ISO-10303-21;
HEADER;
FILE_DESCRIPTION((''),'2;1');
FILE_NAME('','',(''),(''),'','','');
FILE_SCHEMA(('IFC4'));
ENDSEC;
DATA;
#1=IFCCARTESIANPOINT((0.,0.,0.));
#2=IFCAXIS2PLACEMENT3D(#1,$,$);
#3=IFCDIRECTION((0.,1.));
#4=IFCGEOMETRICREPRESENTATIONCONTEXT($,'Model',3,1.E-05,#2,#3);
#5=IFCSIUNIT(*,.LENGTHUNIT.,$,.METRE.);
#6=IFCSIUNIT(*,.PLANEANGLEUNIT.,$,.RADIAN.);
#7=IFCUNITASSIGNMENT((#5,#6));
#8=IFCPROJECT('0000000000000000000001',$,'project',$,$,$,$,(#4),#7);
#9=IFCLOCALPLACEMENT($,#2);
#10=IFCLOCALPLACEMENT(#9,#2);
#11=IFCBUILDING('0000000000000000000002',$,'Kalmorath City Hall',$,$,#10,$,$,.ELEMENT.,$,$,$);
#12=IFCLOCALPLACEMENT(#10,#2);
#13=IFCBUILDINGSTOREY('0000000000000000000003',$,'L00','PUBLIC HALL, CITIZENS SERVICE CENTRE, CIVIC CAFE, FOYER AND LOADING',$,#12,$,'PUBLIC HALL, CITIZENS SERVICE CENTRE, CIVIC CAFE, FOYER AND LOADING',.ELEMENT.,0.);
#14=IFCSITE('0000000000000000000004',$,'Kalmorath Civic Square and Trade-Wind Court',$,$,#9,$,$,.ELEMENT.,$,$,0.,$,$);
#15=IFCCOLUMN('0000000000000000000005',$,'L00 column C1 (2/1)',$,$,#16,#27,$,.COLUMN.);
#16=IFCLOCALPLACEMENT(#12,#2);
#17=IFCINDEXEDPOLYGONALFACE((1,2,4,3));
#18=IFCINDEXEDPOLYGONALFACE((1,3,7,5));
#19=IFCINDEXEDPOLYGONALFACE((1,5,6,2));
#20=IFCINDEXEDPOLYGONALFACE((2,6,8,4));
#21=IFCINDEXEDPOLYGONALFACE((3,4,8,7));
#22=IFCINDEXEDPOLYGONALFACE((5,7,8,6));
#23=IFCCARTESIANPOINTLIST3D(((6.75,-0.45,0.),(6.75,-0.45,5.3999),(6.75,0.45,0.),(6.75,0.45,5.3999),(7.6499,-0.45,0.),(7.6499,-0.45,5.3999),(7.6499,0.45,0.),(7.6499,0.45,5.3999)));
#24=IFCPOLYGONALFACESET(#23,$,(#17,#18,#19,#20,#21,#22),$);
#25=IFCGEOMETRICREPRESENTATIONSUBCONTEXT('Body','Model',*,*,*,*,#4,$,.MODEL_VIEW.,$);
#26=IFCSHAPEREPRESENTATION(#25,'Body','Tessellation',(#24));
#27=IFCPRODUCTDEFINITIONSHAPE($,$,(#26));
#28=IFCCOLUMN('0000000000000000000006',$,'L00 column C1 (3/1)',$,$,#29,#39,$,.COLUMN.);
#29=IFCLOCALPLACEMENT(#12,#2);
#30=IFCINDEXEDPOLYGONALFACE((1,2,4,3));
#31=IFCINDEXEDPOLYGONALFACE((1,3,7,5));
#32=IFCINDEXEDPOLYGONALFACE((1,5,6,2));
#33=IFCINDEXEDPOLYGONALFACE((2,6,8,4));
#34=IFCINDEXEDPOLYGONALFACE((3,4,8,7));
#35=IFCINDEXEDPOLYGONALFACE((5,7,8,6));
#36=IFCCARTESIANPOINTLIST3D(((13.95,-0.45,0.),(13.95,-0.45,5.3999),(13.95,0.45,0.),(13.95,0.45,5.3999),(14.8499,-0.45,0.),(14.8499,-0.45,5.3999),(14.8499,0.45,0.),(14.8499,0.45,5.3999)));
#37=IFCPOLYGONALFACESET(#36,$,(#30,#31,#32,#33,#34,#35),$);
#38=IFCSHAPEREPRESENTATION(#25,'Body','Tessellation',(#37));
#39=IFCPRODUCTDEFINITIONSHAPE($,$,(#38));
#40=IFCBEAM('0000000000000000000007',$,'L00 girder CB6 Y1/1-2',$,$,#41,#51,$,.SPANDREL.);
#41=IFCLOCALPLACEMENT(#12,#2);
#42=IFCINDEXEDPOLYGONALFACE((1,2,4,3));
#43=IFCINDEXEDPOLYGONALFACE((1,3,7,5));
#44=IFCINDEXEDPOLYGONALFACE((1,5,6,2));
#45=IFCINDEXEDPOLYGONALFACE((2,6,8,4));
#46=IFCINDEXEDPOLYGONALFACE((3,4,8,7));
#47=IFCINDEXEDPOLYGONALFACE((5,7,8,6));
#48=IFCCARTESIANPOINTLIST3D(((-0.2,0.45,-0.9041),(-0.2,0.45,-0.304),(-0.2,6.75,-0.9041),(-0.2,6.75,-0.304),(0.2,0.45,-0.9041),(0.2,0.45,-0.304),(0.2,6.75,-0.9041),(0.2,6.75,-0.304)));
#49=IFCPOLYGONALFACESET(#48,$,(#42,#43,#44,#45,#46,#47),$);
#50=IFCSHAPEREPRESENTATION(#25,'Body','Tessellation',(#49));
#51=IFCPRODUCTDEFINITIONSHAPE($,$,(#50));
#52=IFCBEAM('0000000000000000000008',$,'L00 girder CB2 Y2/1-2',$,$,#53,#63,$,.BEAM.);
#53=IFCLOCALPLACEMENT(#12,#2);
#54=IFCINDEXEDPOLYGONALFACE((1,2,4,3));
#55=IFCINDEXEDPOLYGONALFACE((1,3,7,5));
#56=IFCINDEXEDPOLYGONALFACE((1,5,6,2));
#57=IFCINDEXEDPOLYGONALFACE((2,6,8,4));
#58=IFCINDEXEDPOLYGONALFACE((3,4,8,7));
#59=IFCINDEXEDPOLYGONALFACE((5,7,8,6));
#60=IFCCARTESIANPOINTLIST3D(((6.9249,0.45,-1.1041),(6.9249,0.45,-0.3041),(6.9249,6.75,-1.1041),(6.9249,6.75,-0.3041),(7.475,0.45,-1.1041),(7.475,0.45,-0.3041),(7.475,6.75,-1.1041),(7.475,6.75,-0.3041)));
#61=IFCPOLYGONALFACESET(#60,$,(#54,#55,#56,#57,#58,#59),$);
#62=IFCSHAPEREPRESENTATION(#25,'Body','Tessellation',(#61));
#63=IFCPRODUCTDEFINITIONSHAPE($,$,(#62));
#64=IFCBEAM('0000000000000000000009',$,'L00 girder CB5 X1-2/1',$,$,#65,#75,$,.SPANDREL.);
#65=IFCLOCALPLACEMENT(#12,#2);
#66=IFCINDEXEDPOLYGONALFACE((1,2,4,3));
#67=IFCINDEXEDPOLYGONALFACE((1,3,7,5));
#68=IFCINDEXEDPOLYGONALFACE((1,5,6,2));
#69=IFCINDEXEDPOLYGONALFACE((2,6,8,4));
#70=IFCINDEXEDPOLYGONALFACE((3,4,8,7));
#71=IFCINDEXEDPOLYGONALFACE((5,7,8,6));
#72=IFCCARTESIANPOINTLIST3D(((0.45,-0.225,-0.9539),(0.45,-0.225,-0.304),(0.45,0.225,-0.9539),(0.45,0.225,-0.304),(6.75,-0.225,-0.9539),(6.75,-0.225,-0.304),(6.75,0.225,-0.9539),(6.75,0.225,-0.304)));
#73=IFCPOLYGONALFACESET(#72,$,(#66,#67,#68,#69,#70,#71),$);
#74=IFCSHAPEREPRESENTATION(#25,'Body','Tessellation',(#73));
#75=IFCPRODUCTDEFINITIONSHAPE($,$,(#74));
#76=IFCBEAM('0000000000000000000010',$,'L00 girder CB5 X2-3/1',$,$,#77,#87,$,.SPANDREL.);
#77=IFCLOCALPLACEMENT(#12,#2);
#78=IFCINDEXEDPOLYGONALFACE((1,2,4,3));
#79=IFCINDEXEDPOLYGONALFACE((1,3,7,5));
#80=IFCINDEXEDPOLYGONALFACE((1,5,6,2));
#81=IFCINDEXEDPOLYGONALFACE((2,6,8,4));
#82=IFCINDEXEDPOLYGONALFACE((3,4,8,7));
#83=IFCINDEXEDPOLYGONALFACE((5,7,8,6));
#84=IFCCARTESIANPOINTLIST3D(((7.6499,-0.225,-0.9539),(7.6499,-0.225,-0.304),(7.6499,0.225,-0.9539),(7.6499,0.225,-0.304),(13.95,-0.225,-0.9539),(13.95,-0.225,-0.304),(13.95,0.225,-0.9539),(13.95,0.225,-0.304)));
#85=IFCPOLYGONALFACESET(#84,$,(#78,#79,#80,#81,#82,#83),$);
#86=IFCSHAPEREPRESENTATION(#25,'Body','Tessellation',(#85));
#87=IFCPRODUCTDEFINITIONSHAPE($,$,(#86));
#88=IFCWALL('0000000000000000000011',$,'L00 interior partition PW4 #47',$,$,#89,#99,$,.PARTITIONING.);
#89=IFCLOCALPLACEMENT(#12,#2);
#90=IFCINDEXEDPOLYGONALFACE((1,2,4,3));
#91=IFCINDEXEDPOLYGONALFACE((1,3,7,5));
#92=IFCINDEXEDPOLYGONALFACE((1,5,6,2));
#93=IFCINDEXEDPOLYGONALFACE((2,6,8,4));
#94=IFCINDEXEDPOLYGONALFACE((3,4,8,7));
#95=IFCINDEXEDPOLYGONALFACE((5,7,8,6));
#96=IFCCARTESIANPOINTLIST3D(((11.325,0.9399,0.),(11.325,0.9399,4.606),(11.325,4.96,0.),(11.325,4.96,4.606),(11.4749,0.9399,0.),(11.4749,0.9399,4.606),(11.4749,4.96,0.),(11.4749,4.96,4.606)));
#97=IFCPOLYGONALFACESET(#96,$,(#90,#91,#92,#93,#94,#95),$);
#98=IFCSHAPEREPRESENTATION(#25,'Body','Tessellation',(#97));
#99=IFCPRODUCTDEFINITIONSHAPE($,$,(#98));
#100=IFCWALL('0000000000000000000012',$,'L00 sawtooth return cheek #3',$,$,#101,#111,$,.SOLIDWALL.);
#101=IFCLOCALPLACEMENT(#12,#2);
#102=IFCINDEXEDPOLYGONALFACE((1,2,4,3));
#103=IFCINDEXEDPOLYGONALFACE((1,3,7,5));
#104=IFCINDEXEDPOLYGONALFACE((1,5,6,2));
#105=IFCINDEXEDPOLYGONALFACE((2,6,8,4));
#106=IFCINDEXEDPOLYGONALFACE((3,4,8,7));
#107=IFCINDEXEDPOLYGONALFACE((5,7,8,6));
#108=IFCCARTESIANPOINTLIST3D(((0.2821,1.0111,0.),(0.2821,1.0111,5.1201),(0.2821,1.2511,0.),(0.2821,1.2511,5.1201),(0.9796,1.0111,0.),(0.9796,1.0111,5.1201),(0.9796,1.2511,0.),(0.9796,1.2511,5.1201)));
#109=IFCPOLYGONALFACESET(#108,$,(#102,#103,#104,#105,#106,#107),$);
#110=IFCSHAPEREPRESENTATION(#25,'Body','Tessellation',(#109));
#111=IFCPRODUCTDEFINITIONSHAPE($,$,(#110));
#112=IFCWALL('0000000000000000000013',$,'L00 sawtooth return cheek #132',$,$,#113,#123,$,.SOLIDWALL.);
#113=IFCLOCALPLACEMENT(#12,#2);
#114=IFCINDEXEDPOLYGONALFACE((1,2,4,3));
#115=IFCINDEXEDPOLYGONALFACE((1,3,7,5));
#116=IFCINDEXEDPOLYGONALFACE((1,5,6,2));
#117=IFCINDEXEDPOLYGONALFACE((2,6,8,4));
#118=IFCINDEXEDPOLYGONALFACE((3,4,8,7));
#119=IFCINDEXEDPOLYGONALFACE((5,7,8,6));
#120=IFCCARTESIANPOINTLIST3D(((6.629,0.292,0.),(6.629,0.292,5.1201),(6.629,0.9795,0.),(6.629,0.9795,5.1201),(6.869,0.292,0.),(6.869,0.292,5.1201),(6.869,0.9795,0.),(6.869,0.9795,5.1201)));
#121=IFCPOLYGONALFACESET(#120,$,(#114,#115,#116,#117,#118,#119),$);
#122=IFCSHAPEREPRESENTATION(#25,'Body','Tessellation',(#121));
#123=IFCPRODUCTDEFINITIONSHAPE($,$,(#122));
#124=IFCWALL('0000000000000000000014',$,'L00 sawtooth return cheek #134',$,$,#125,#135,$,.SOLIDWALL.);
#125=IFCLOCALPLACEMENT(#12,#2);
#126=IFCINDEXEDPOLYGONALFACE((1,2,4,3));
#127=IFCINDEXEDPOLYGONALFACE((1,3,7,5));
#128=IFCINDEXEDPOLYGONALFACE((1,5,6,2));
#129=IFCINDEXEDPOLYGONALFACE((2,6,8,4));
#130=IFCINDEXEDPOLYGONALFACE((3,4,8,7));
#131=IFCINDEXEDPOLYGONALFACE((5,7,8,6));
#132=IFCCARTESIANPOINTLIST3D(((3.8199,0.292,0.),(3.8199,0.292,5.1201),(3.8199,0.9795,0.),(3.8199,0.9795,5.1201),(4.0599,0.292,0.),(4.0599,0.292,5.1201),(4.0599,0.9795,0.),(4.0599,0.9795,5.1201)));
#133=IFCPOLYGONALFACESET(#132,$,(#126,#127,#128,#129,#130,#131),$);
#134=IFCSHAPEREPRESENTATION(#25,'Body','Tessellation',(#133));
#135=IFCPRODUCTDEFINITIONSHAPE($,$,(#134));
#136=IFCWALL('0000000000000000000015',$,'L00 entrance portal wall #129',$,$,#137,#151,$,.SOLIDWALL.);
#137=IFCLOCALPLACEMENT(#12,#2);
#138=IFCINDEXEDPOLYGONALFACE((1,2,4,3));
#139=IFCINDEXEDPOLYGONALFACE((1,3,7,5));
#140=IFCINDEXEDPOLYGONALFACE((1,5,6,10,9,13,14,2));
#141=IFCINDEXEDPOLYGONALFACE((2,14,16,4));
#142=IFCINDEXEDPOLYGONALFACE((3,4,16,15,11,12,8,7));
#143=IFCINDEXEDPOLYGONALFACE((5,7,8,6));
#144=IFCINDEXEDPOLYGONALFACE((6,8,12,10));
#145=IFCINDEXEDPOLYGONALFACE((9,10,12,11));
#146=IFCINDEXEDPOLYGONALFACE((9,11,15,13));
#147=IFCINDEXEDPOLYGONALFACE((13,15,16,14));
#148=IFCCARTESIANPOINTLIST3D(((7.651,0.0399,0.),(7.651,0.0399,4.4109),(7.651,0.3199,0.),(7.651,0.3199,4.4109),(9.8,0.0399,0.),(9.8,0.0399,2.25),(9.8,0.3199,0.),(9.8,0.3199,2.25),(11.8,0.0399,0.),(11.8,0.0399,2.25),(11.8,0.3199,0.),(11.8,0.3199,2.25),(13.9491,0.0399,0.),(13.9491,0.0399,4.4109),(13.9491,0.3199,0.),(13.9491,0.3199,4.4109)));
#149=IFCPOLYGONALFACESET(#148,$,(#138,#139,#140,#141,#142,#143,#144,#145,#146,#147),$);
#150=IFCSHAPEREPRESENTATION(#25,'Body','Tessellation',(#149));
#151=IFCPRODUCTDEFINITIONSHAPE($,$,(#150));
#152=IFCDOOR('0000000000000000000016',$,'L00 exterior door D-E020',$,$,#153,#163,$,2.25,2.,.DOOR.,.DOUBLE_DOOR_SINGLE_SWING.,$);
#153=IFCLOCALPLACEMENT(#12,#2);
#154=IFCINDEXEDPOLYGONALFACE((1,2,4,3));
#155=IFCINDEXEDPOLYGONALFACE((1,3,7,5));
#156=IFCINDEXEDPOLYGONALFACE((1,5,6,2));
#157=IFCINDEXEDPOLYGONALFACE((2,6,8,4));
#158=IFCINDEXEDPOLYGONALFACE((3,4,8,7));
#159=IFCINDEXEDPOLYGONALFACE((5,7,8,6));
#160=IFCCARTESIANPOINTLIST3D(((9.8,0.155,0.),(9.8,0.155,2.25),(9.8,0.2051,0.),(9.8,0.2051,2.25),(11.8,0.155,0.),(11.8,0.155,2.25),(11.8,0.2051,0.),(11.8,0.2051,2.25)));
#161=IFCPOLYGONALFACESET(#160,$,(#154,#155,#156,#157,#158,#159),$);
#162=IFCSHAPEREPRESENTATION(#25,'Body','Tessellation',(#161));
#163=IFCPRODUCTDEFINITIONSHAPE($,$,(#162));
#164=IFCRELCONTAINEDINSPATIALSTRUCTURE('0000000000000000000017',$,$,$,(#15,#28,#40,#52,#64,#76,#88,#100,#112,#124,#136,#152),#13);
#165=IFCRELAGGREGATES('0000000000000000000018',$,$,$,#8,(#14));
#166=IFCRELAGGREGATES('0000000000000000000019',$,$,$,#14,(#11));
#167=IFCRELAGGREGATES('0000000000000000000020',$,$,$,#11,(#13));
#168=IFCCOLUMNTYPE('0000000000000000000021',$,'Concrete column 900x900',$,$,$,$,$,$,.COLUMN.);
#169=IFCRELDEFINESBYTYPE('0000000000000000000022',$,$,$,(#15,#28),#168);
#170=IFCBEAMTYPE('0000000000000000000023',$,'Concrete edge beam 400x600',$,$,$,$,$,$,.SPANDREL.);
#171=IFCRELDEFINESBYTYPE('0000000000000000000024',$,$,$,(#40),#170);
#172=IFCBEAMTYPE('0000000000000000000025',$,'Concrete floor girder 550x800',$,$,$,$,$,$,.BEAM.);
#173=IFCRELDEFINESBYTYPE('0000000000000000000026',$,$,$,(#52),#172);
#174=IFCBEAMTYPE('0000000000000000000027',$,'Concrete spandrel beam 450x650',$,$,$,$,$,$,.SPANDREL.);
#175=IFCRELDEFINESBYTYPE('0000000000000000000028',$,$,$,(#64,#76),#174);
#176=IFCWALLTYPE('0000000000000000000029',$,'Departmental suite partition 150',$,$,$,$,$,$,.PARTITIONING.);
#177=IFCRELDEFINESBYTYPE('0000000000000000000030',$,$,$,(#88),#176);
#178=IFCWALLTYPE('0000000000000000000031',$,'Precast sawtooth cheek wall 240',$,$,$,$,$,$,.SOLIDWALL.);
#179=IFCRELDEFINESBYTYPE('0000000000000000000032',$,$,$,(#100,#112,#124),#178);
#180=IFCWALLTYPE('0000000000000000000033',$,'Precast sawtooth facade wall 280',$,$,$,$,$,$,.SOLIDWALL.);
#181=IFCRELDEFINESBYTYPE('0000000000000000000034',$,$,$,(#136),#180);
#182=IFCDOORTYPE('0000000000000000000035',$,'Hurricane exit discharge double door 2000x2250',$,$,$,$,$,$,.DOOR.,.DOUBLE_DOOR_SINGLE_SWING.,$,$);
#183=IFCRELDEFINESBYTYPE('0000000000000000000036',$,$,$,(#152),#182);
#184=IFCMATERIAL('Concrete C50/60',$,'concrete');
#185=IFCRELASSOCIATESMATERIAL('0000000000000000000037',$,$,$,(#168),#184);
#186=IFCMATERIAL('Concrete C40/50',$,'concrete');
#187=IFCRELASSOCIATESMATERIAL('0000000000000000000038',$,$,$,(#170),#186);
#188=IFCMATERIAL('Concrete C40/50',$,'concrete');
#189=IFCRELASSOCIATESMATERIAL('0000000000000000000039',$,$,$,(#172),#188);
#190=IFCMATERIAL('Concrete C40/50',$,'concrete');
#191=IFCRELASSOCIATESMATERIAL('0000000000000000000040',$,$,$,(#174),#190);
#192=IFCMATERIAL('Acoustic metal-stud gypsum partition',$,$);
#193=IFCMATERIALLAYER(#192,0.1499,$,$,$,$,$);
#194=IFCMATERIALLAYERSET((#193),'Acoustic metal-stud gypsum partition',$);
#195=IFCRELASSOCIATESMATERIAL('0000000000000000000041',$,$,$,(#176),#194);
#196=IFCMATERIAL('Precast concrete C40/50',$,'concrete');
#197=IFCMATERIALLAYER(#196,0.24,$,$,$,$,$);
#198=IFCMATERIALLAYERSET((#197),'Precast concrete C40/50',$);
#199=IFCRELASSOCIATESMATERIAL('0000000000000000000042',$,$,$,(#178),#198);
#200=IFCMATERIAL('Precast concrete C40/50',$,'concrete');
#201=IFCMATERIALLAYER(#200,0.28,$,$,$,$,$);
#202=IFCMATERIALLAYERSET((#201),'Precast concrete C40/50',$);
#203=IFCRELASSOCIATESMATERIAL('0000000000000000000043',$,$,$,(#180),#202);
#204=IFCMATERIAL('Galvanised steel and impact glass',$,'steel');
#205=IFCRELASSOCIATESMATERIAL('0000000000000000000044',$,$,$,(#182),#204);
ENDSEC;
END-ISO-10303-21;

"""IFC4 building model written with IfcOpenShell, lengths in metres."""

from ifc_helpers import new_model, si_unit, direction, frame, frame_2d, origin, origin_2d, place, context, subcontext, project, spatial, rectangle, extrude, material, layer, layer_set, material_profile, profile_set, type_object, element, fill, save


model = new_model("IFC4")

# Units and contexts
model_context = context("Model", 3, precision=1e-05, world=origin(), true_north=direction((0.0, 1.0)))
body_context = subcontext(model_context, "Body", "Model", "MODEL_VIEW")
ifc_project = project(units=[si_unit("LENGTHUNIT", "METRE"), si_unit("PLANEANGLEUNIT", "RADIAN")], contexts=[model_context])

# Site, building, storey
site_placement = place(None, origin())
site = spatial("IfcSite", under=ifc_project, at=site_placement, Name="Kalmorath Civic Square and Trade-Wind Court", CompositionType="ELEMENT", RefElevation=0.0)
building_placement = place(site_placement, origin())
building = spatial("IfcBuilding", under=site, at=building_placement, Name="Kalmorath City Hall", CompositionType="ELEMENT")
storey_placement = place(building_placement, origin())
storey = spatial("IfcBuildingStorey", under=building, at=storey_placement, Name="L00", Description="PUBLIC HALL, CITIZENS SERVICE CENTRE, CIVIC CAFE, FOYER AND LOADING", LongName="PUBLIC HALL, CITIZENS SERVICE CENTRE, CIVIC CAFE, FOYER AND LOADING", CompositionType="ELEMENT", Elevation=0.0)

# Columns
ifc_material_1 = material(Name="Concrete C50/60", Category="concrete")
ifc_material_profile_1 = material_profile(ifc_material_1, rectangle(XDim=0.8999, YDim=0.8999, at=origin_2d()), Name="RC-COL-900X900")
ifc_profile_set_1 = profile_set([ifc_material_profile_1], Name="Concrete C50/60")
column_type = type_object("IfcColumnType", Name="Concrete column 900x900", PredefinedType="COLUMN", material=ifc_profile_set_1)
for number, where, z_axis, x_axis, name in (
    (1, (7.2, 0.0, 0.0), (0.0, 0.0, 1.0), (1.0, 0.0, 0.0), "L00 column C1 (2/1)"),
    (2, (14.3999, 0.0, 0.0), (0.0, 0.0, 1.0), (1.0, 0.0, 0.0), "L00 column C1 (3/1)"),
):
    element("IfcColumn", number, at=place(storey_placement, frame(where, z_axis=z_axis, x_axis=x_axis)), inside=storey, type_object=column_type, Name=name, PredefinedType="COLUMN", context=body_context, shape_type="SweptSolid", body=[
        extrude(rectangle(XDim=0.8999, YDim=0.8999, at=origin_2d()), origin(), (0.0, 0.0, 1.0), 5.3999),
    ])

# Beams
ifc_material_2 = material(Name="Concrete C40/50", Category="concrete")
ifc_material_profile_2 = material_profile(ifc_material_2, rectangle(XDim=0.3999, YDim=0.6001, at=origin_2d()), Name="RC-BM-400X600")
ifc_profile_set_2 = profile_set([ifc_material_profile_2], Name="Concrete C40/50")
beam_type_1 = type_object("IfcBeamType", Name="Concrete edge beam 400x600", PredefinedType="SPANDREL", material=ifc_profile_set_2)
beam_1_placement = place(storey_placement, frame((0.0, 0.45, -0.604), z_axis=(0.0, 1.0, 0.0), x_axis=(-1.0, 0.0, 0.0)))
element("IfcBeam", 3, at=beam_1_placement, inside=storey, type_object=beam_type_1, Name="L00 girder CB6 Y1/1-2", PredefinedType="SPANDREL", context=body_context, shape_type="SweptSolid", body=[
    extrude(rectangle(XDim=0.3999, YDim=0.6001, at=origin_2d()), origin(), (0.0, 0.0, 1.0), 6.3),
])
ifc_material_3 = material(Name="Concrete C40/50", Category="concrete")
ifc_material_profile_3 = material_profile(ifc_material_3, rectangle(XDim=0.55, YDim=0.8, at=origin_2d()), Name="RC-BM-550X800")
ifc_profile_set_3 = profile_set([ifc_material_profile_3], Name="Concrete C40/50")
beam_type_2 = type_object("IfcBeamType", Name="Concrete floor girder 550x800", PredefinedType="BEAM", material=ifc_profile_set_3)
beam_2_placement = place(storey_placement, frame((7.2, 0.45, -0.7041), z_axis=(0.0, 1.0, 0.0), x_axis=(-1.0, 0.0, 0.0)))
element("IfcBeam", 4, at=beam_2_placement, inside=storey, type_object=beam_type_2, Name="L00 girder CB2 Y2/1-2", PredefinedType="BEAM", context=body_context, shape_type="SweptSolid", body=[
    extrude(rectangle(XDim=0.55, YDim=0.8, at=origin_2d()), origin(), (0.0, 0.0, 1.0), 6.3),
])
ifc_material_4 = material(Name="Concrete C40/50", Category="concrete")
ifc_material_profile_4 = material_profile(ifc_material_4, rectangle(XDim=0.45, YDim=0.6499, at=origin_2d()), Name="RC-BM-450X650")
ifc_profile_set_4 = profile_set([ifc_material_profile_4], Name="Concrete C40/50")
beam_type_3 = type_object("IfcBeamType", Name="Concrete spandrel beam 450x650", PredefinedType="SPANDREL", material=ifc_profile_set_4)
for number, where, z_axis, x_axis, name in (
    (5, (0.45, 0.0, -0.6289), (1.0, 0.0, 0.0), (0.0, 1.0, 0.0), "L00 girder CB5 X1-2/1"),
    (6, (7.6499, 0.0, -0.6289), (1.0, 0.0, 0.0), (0.0, 1.0, 0.0), "L00 girder CB5 X2-3/1"),
):
    element("IfcBeam", number, at=place(storey_placement, frame(where, z_axis=z_axis, x_axis=x_axis)), inside=storey, type_object=beam_type_3, Name=name, PredefinedType="SPANDREL", context=body_context, shape_type="SweptSolid", body=[
        extrude(rectangle(XDim=0.45, YDim=0.6499, at=origin_2d()), origin(), (0.0, 0.0, 1.0), 6.3),
    ])

# Walls
ifc_material_5 = material(Name="Acoustic metal-stud gypsum partition")
ifc_layer_1 = layer(ifc_material_5, 0.1499)
ifc_layer_set_1 = layer_set([ifc_layer_1], Name="Acoustic metal-stud gypsum partition")
wall_type_1 = type_object("IfcWallType", Name="Departmental suite partition 150", PredefinedType="PARTITIONING", material=ifc_layer_set_1)
wall_1_placement = place(storey_placement, frame((11.3999, 0.9399, 0.0), z_axis=(0.0, 0.0, 1.0), x_axis=(0.0, 1.0, 0.0)))
element("IfcWall", 7, at=wall_1_placement, inside=storey, type_object=wall_type_1, Name="L00 interior partition PW4 #47", PredefinedType="PARTITIONING", context=body_context, shape_type="SweptSolid", body=[
    extrude(rectangle(XDim=4.02, YDim=0.1499, at=frame_2d((2.01, 0.0))), origin(), (0.0, 0.0, 1.0), 4.606),
])
ifc_material_6 = material(Name="Precast concrete C40/50", Category="concrete")
ifc_layer_2 = layer(ifc_material_6, 0.24)
ifc_layer_set_2 = layer_set([ifc_layer_2], Name="Precast concrete C40/50")
wall_type_2 = type_object("IfcWallType", Name="Precast sawtooth cheek wall 240", PredefinedType="SOLIDWALL", material=ifc_layer_set_2)
wall_2_placement = place(storey_placement, frame((0.9795, 1.1311, 0.0), z_axis=(0.0, 0.0, 1.0), x_axis=(-1.0, 0.0, 0.0)))
element("IfcWall", 8, at=wall_2_placement, inside=storey, type_object=wall_type_2, Name="L00 sawtooth return cheek #3", PredefinedType="SOLIDWALL", context=body_context, shape_type="SweptSolid", body=[
    extrude(rectangle(XDim=0.6975, YDim=0.24, at=frame_2d((0.3486, 0.0))), origin(), (0.0, 0.0, 1.0), 5.1201),
])
for number, where, z_axis, x_axis, name in (
    (9, (6.749, 0.9795, 0.0), (0.0, 0.0, 1.0), (0.0, -1.0, 0.0), "L00 sawtooth return cheek #132"),
    (10, (3.9399, 0.9795, 0.0), (0.0, 0.0, 1.0), (0.0, -1.0, 0.0), "L00 sawtooth return cheek #134"),
):
    element("IfcWall", number, at=place(storey_placement, frame(where, z_axis=z_axis, x_axis=x_axis)), inside=storey, type_object=wall_type_2, Name=name, PredefinedType="SOLIDWALL", context=body_context, shape_type="SweptSolid", body=[
        extrude(rectangle(XDim=0.6875, YDim=0.24, at=frame_2d((0.3438, 0.0))), origin(), (0.0, 0.0, 1.0), 5.1201),
    ])

# Wall, opening, door
ifc_material_7 = material(Name="Precast concrete C40/50", Category="concrete")
ifc_layer_3 = layer(ifc_material_7, 0.28)
ifc_layer_set_3 = layer_set([ifc_layer_3], Name="Precast concrete C40/50")
wall_type_3 = type_object("IfcWallType", Name="Precast sawtooth facade wall 280", PredefinedType="SOLIDWALL", material=ifc_layer_set_3)
wall_3_placement = place(storey_placement, frame((13.949, 0.1799, 0.0), z_axis=(0.0, 0.0, 1.0), x_axis=(-1.0, 0.0, 0.0)))
wall_3 = element("IfcWall", 11, at=wall_3_placement, inside=storey, type_object=wall_type_3, Name="L00 entrance portal wall #129", PredefinedType="SOLIDWALL", context=body_context, shape_type="SweptSolid", body=[
    extrude(rectangle(XDim=6.2981, YDim=0.28, at=frame_2d((3.1489, 0.0))), origin(), (0.0, 0.0, 1.0), 4.4109),
])
opening_1_placement = place(wall_3_placement, frame((2.1489, 0.0, 0.0)))
opening_1 = element("IfcOpeningElement", 12, at=opening_1_placement, cuts=wall_3, PredefinedType="OPENING", context=body_context, shape_type="SweptSolid", body=[
    extrude(rectangle(XDim=2.0, YDim=2.25, at=frame_2d((1.0, 1.125))), frame((0.0, 0.1499, 0.0), z_axis=(0.0, -1.0, 0.0), x_axis=(1.0, 0.0, 0.0)), (0.0, 0.0, 1.0), 0.3),
])
ifc_material_8 = material(Name="Galvanised steel and impact glass", Category="steel")
door_type = type_object("IfcDoorType", Name="Hurricane exit discharge double door 2000x2250", OperationType="DOUBLE_DOOR_SINGLE_SWING", PredefinedType="DOOR", material=ifc_material_8)
door_placement = place(opening_1_placement, origin())
door = element("IfcDoor", 13, at=door_placement, inside=storey, type_object=door_type, Name="L00 exterior door D-E020", OperationType="DOUBLE_DOOR_SINGLE_SWING", OverallHeight=2.25, OverallWidth=2.0, PredefinedType="DOOR", context=body_context, shape_type="SweptSolid", body=[
    extrude(rectangle(XDim=2.0, YDim=2.25, at=frame_2d((1.0, 1.125))), frame((0.0, 0.0249, 0.0), z_axis=(0.0, -1.0, 0.0), x_axis=(1.0, 0.0, 0.0)), (0.0, 0.0, 1.0), 0.05),
])
fill(opening_1, door)

save(model, "model.ifc")
